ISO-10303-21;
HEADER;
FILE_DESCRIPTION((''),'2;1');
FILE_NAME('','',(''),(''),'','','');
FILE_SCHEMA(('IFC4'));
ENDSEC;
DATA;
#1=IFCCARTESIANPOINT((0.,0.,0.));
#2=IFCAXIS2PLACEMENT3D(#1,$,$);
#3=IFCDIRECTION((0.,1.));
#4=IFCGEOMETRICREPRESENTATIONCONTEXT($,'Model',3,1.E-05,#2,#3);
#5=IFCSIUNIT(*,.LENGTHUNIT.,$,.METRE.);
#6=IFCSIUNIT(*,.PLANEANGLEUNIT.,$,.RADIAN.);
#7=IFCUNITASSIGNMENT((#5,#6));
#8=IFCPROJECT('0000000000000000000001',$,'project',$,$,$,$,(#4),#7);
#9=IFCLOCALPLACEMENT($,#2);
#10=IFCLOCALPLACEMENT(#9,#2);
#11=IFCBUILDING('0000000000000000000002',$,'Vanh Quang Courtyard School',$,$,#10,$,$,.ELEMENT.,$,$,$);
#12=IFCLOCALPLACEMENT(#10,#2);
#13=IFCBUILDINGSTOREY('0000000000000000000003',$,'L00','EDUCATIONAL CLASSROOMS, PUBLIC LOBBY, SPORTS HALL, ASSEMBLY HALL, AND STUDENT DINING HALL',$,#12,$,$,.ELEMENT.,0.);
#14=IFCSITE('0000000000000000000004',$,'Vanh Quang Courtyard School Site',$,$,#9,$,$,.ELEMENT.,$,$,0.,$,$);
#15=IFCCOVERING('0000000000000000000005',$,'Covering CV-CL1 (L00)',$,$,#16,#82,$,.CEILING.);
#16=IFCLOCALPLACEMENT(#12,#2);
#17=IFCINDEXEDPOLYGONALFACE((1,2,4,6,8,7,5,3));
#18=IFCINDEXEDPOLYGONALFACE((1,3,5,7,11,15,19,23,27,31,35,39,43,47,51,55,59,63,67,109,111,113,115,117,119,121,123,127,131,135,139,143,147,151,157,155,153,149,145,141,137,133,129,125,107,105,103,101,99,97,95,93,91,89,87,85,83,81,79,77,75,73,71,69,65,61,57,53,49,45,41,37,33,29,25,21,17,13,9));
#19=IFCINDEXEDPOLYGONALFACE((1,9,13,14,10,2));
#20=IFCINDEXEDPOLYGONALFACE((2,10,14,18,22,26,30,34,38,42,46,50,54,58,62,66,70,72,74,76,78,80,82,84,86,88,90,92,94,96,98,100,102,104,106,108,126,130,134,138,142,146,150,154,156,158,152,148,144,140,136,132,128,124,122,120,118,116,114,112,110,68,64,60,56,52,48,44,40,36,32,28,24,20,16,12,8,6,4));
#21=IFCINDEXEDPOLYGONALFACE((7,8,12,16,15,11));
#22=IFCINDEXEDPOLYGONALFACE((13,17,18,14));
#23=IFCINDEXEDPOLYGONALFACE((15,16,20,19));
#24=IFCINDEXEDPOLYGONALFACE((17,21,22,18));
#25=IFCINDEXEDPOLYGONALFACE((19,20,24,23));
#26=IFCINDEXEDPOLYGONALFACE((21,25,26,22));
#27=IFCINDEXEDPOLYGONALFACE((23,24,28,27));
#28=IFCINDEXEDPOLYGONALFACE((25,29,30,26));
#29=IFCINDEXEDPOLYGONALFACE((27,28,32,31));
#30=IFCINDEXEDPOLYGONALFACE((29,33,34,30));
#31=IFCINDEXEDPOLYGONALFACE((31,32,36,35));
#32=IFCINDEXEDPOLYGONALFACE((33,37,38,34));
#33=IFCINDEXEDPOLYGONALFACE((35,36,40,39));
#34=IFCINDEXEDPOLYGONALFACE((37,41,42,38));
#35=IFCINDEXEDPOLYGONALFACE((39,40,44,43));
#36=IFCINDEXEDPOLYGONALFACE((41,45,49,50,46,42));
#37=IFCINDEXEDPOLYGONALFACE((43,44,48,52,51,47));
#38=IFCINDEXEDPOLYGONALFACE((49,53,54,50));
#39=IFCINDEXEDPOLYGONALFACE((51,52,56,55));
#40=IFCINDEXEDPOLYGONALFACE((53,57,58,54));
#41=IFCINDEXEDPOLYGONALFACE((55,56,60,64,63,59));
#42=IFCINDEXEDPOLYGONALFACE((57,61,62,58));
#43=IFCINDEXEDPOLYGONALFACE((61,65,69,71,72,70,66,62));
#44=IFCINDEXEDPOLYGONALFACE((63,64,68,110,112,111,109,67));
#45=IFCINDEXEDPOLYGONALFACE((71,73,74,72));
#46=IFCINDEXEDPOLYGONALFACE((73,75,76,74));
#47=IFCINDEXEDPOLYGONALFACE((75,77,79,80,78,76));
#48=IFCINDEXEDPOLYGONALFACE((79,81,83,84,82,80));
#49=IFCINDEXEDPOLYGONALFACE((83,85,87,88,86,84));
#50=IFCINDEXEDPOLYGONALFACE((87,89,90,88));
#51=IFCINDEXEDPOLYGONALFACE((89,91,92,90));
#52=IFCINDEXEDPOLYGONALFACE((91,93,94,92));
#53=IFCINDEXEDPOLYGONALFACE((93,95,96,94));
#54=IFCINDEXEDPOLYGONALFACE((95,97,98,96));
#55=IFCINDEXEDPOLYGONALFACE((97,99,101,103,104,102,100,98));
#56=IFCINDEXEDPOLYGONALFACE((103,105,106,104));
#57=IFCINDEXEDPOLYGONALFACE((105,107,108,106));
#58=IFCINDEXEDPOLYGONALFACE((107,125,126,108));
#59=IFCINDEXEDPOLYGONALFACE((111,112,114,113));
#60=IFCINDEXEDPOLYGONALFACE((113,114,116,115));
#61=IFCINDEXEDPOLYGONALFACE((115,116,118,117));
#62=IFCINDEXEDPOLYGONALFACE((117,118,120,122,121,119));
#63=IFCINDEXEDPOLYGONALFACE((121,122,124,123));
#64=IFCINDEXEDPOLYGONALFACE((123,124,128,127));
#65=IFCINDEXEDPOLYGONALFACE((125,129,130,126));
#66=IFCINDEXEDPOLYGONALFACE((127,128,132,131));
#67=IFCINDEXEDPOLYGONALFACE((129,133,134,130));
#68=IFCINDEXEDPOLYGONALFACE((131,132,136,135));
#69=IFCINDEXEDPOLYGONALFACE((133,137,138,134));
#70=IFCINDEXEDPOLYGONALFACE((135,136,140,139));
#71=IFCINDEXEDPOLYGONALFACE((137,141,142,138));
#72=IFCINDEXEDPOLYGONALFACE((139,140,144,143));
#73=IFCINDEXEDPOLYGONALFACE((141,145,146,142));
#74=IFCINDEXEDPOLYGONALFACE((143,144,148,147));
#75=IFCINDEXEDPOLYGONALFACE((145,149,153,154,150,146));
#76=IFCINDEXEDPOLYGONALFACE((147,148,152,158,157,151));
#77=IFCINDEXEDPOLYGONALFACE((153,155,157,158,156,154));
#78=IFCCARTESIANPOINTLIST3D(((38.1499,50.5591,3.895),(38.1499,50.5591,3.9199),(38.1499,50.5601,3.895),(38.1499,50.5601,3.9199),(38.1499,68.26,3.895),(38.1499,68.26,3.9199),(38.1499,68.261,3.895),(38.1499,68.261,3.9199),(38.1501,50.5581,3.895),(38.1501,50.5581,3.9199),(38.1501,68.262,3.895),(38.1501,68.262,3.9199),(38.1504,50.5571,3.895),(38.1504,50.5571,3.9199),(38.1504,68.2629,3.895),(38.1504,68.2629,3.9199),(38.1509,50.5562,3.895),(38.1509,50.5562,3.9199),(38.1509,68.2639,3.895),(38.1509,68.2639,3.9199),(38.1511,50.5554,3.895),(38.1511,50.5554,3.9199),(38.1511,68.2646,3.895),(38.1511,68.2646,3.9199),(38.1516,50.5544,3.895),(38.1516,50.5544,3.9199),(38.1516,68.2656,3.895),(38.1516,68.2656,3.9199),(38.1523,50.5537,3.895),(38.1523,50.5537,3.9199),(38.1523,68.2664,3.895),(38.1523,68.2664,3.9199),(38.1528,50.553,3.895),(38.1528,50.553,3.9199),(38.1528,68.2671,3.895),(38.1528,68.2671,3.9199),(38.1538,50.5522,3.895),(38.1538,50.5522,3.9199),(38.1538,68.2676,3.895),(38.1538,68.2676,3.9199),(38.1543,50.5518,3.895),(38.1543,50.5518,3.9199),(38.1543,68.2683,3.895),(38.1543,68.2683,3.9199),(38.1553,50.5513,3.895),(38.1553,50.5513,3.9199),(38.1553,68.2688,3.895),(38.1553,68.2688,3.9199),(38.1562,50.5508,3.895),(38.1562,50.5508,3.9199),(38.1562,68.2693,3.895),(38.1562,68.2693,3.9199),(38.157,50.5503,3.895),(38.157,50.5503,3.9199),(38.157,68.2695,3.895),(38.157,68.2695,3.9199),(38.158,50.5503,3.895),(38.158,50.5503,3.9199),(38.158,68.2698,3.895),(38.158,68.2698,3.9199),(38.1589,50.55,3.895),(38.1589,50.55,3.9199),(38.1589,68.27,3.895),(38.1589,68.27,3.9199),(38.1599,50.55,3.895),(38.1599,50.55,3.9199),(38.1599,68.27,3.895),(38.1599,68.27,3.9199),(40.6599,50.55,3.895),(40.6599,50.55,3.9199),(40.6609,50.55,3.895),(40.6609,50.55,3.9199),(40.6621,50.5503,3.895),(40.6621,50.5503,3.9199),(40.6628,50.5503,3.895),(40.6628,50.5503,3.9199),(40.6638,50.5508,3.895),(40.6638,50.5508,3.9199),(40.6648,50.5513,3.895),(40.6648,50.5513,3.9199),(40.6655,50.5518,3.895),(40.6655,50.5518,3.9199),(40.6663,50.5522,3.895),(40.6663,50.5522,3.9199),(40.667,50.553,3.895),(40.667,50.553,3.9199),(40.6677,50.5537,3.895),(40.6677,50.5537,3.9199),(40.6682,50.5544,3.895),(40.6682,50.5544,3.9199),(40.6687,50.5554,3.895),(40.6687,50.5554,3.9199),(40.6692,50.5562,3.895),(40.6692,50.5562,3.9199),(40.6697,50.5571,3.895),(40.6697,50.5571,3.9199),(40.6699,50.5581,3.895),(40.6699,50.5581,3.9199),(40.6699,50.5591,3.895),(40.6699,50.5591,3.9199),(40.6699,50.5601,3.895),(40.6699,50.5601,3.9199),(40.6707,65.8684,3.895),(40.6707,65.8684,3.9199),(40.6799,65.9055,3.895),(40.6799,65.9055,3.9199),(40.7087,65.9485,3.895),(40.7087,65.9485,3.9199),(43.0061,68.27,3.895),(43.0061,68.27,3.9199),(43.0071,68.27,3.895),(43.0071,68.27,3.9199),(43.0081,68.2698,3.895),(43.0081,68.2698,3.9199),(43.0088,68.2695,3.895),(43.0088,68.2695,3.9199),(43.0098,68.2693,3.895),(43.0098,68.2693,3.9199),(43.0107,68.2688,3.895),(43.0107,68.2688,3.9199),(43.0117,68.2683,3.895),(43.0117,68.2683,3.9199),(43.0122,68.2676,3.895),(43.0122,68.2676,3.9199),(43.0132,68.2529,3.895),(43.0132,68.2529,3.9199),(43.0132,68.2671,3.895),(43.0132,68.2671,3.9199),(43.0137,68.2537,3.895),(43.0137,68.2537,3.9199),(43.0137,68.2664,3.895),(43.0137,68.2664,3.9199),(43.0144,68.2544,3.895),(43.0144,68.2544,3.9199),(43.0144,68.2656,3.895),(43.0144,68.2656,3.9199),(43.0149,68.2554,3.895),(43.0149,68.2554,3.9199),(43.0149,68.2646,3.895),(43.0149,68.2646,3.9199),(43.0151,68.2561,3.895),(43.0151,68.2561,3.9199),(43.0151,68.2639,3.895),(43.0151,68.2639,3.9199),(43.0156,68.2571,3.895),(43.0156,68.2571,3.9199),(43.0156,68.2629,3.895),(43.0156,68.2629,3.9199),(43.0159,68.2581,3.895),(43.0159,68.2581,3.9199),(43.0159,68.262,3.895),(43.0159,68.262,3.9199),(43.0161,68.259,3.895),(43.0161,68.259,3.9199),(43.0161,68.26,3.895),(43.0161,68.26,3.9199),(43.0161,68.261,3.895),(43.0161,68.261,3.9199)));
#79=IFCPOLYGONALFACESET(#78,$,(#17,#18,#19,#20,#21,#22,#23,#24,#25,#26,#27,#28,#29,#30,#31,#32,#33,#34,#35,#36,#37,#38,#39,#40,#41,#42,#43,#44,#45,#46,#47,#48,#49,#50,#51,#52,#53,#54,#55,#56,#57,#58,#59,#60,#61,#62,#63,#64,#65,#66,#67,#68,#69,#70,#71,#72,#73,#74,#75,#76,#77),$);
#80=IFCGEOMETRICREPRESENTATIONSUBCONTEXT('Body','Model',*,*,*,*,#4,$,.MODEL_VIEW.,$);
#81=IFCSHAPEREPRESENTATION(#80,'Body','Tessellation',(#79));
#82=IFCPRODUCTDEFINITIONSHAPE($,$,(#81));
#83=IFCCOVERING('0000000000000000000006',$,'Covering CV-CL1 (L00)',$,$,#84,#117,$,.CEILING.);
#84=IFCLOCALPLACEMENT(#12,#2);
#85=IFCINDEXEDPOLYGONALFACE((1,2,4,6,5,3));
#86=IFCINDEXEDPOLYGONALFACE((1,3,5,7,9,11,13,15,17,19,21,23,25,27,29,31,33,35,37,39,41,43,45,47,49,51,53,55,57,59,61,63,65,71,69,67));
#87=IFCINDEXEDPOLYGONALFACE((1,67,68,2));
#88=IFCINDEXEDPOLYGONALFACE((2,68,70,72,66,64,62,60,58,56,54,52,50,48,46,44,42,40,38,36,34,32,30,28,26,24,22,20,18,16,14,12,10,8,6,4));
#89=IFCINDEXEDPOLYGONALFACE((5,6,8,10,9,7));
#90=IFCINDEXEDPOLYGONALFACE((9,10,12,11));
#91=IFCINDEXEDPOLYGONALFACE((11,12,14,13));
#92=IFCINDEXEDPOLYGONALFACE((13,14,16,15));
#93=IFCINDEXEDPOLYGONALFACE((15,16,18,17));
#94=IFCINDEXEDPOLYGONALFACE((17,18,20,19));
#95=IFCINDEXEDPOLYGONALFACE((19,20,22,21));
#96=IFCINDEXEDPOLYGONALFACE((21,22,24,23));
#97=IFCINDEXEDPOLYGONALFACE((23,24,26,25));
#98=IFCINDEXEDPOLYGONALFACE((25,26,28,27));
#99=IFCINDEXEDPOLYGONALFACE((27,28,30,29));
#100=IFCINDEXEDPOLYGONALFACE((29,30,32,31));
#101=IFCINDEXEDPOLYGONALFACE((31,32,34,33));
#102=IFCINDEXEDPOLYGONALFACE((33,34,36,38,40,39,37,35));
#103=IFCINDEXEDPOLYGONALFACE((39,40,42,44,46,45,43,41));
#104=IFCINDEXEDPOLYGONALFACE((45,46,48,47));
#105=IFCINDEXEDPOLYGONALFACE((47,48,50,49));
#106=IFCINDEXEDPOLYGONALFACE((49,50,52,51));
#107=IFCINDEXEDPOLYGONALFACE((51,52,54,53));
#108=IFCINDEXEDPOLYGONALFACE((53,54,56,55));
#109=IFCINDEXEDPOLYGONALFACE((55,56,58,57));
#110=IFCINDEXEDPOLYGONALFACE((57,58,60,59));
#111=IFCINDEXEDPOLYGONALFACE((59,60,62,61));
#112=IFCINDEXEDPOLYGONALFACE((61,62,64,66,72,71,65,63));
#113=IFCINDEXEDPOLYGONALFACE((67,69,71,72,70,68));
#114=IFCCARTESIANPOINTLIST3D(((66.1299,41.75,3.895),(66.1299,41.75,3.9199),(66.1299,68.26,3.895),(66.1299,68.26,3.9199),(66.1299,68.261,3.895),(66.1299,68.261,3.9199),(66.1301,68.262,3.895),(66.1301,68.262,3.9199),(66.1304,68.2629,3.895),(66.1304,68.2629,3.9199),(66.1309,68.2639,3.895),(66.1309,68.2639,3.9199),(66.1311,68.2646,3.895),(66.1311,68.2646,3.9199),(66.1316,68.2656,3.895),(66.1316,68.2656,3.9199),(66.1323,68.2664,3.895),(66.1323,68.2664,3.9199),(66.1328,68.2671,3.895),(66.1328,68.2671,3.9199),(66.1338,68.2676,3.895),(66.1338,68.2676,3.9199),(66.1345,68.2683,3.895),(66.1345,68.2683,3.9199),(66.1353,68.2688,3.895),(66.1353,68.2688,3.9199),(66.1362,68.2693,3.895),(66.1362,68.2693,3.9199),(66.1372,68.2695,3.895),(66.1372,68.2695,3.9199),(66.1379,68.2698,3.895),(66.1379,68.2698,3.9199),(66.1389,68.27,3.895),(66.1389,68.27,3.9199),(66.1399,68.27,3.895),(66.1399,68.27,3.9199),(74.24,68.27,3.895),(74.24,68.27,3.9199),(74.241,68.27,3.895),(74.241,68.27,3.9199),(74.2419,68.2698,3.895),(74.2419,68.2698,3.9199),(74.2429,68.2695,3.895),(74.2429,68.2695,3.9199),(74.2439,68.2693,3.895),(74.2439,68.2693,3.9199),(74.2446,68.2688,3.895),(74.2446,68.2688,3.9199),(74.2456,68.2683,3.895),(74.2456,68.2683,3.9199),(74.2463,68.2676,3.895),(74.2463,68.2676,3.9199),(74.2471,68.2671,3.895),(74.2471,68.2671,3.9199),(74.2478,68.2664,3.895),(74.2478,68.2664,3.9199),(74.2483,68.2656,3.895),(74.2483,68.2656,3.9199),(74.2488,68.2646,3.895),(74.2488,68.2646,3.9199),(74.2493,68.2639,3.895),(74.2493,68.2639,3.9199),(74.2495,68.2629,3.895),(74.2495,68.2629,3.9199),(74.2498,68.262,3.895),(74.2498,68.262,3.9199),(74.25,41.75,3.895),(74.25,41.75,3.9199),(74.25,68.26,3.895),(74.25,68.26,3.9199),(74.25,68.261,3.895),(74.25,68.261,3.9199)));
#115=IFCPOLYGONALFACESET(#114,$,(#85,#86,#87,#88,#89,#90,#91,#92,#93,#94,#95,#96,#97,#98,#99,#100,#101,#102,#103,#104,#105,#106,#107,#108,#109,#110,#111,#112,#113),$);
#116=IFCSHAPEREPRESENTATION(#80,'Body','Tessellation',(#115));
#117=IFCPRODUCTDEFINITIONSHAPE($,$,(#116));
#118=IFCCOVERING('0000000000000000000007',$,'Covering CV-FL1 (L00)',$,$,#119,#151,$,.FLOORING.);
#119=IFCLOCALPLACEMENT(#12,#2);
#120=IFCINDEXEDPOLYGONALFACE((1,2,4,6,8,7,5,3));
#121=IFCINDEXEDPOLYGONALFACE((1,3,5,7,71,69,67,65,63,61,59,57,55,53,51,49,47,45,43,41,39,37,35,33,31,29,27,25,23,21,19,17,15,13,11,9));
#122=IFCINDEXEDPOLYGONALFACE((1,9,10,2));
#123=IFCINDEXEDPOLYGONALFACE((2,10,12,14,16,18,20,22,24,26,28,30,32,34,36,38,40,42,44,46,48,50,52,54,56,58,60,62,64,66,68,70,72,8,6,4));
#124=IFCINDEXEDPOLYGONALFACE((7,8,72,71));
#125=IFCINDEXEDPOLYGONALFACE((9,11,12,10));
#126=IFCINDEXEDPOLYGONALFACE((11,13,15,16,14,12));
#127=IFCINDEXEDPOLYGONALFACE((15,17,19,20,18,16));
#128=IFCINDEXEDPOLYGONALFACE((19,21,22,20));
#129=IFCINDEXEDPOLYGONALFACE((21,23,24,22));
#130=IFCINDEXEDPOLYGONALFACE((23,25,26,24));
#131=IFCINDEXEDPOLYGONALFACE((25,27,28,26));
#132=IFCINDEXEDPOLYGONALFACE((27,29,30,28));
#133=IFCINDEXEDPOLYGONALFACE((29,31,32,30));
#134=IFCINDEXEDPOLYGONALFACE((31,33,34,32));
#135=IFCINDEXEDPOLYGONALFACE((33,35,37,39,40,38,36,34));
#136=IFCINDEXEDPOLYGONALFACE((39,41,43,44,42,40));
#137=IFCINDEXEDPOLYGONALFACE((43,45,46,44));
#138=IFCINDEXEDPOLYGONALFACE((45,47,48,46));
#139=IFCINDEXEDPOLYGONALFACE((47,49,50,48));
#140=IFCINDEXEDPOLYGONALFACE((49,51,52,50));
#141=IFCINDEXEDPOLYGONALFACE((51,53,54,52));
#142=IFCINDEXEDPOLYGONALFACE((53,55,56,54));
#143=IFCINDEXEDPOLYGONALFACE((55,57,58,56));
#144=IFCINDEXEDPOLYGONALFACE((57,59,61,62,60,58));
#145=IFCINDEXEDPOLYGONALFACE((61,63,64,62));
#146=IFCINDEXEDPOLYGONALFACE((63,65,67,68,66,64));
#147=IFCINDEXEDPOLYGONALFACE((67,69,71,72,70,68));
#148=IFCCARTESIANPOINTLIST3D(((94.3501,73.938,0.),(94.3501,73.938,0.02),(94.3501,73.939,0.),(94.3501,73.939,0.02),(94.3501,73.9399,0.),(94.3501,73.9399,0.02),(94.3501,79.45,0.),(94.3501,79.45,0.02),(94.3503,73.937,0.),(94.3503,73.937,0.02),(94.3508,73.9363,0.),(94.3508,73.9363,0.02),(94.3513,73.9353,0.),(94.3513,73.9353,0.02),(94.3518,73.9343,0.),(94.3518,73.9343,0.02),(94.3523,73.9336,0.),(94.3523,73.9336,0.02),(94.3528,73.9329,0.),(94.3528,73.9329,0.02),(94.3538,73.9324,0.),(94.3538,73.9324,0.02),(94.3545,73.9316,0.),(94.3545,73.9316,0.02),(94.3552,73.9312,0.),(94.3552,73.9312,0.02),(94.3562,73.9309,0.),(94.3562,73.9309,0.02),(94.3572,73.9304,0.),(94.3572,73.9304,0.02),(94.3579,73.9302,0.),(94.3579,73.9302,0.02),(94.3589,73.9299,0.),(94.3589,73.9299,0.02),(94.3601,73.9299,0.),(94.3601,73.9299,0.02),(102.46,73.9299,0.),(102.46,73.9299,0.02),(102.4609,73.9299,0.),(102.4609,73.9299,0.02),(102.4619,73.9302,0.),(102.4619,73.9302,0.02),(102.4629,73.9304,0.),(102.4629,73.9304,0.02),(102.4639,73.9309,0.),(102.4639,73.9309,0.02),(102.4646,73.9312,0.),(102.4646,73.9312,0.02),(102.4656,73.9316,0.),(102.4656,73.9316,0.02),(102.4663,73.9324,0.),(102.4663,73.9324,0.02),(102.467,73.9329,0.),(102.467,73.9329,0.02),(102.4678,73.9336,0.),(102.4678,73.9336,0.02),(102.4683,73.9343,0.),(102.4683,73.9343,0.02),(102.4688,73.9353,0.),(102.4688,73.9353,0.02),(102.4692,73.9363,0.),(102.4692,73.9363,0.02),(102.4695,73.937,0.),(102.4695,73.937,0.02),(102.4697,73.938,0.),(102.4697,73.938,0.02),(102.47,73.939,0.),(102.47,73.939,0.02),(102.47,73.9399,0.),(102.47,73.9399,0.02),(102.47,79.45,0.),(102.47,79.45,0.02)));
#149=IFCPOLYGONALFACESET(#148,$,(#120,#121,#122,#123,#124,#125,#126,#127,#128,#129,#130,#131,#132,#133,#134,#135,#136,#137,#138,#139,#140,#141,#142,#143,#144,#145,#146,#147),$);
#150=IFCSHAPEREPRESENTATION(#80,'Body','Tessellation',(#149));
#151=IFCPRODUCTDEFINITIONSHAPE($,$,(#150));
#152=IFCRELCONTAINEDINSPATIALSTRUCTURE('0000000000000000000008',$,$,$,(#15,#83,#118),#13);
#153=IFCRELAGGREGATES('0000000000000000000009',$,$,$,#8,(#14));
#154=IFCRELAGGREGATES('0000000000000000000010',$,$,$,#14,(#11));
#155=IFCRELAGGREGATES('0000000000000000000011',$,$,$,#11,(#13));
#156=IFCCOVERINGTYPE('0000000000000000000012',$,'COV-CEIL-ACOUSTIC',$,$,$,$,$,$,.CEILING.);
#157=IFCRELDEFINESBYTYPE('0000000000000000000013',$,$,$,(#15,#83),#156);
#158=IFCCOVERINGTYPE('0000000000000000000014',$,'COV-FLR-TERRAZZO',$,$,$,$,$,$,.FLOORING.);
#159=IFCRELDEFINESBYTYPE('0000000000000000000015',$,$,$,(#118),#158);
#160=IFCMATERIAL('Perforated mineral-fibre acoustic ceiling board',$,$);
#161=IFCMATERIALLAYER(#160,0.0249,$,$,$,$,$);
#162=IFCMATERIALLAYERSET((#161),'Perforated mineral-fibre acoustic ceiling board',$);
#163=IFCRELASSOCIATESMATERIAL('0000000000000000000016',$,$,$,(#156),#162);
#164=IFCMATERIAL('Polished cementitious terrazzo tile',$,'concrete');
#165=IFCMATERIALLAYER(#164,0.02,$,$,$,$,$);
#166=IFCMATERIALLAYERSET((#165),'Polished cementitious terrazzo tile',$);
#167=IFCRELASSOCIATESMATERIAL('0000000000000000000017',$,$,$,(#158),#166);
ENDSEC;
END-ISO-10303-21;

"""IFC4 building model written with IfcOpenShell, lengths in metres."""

from ifc_helpers import new_model, si_unit, direction, frame, origin, place, context, subcontext, project, spatial, polyline, outline, extrude, material, layer, layer_set, type_object, element, save


model = new_model("IFC4")

# Units and contexts
model_context = context("Model", 3, precision=1e-05, world=origin(), true_north=direction((0.0, 1.0)))
body_context = subcontext(model_context, "Body", "Model", "MODEL_VIEW")
ifc_project = project(units=[si_unit("LENGTHUNIT", "METRE"), si_unit("PLANEANGLEUNIT", "RADIAN")], contexts=[model_context])

# Site, building, storey
site_placement = place(None, origin())
site = spatial("IfcSite", under=ifc_project, at=site_placement, Name="Vanh Quang Courtyard School Site", CompositionType="ELEMENT", RefElevation=0.0)
building_placement = place(site_placement, origin())
building = spatial("IfcBuilding", under=site, at=building_placement, Name="Vanh Quang Courtyard School", CompositionType="ELEMENT")
storey_placement = place(building_placement, origin())
storey = spatial("IfcBuildingStorey", under=building, at=storey_placement, Name="L00", Description="EDUCATIONAL CLASSROOMS, PUBLIC LOBBY, SPORTS HALL, ASSEMBLY HALL, AND STUDENT DINING HALL", CompositionType="ELEMENT", Elevation=0.0)

# Coverings
ifc_material_1 = material(Name="Perforated mineral-fibre acoustic ceiling board")
ifc_layer_1 = layer(ifc_material_1, 0.0249)
ifc_layer_set_1 = layer_set([ifc_layer_1], Name="Perforated mineral-fibre acoustic ceiling board")
covering_type_1 = type_object("IfcCoveringType", Name="COV-CEIL-ACOUSTIC", PredefinedType="CEILING", material=ifc_layer_set_1)
covering_1_placement = place(storey_placement, frame((0.0, 0.0, 3.895)))
element("IfcCovering", 1, at=covering_1_placement, inside=storey, type_object=covering_type_1, Name="Covering CV-CL1 (L00)", PredefinedType="CEILING", context=body_context, shape_type="SweptSolid", body=[
    extrude(outline(polyline([(38.1599, 50.55), (38.1589, 50.55), (38.158, 50.5503), (38.157, 50.5503), (38.1562, 50.5508), (38.1553, 50.5513), (38.1543, 50.5518), (38.1538, 50.5522), (38.1528, 50.553), (38.1523, 50.5537), (38.1516, 50.5544), (38.1511, 50.5554), (38.1509, 50.5562), (38.1504, 50.5571), (38.1501, 50.5581), (38.1499, 50.5591), (38.1499, 50.5601), (38.1499, 68.26), (38.1499, 68.261), (38.1501, 68.262), (38.1504, 68.2629), (38.1509, 68.2639), (38.1511, 68.2646), (38.1516, 68.2656), (38.1523, 68.2664), (38.1528, 68.2671), (38.1538, 68.2676), (38.1543, 68.2683), (38.1553, 68.2688), (38.1562, 68.2693), (38.157, 68.2695), (38.158, 68.2698), (38.1589, 68.27), (38.1599, 68.27), (43.0061, 68.27), (43.0071, 68.27), (43.0081, 68.2698), (43.0088, 68.2695), (43.0098, 68.2693), (43.0107, 68.2688), (43.0117, 68.2683), (43.0122, 68.2676), (43.0132, 68.2671), (43.0137, 68.2664), (43.0144, 68.2656), (43.0149, 68.2646), (43.0151, 68.2639), (43.0156, 68.2629), (43.0159, 68.262), (43.0161, 68.261), (43.0161, 68.26), (43.0161, 68.259), (43.0159, 68.2581), (43.0156, 68.2571), (43.0151, 68.2561), (43.0149, 68.2554), (43.0144, 68.2544), (43.0137, 68.2537), (43.0132, 68.2529), (40.7087, 65.9485), (40.6799, 65.9055), (40.6707, 65.8684), (40.6699, 50.5601), (40.6699, 50.5591), (40.6699, 50.5581), (40.6697, 50.5571), (40.6692, 50.5562), (40.6687, 50.5554), (40.6682, 50.5544), (40.6677, 50.5537), (40.667, 50.553), (40.6663, 50.5522), (40.6655, 50.5518), (40.6648, 50.5513), (40.6638, 50.5508), (40.6628, 50.5503), (40.6621, 50.5503), (40.6609, 50.55), (40.6599, 50.55), (38.1599, 50.55)])), origin(), (0.0, 0.0, 1.0), 0.0249),
])
covering_2_placement = place(storey_placement, frame((0.0, 0.0, 3.895)))
element("IfcCovering", 2, at=covering_2_placement, inside=storey, type_object=covering_type_1, Name="Covering CV-CL1 (L00)", PredefinedType="CEILING", context=body_context, shape_type="SweptSolid", body=[
    extrude(outline(polyline([(66.1299, 68.26), (66.1299, 68.261), (66.1301, 68.262), (66.1304, 68.2629), (66.1309, 68.2639), (66.1311, 68.2646), (66.1316, 68.2656), (66.1323, 68.2664), (66.1328, 68.2671), (66.1338, 68.2676), (66.1345, 68.2683), (66.1353, 68.2688), (66.1362, 68.2693), (66.1372, 68.2695), (66.1379, 68.2698), (66.1389, 68.27), (66.1399, 68.27), (74.24, 68.27), (74.241, 68.27), (74.2419, 68.2698), (74.2429, 68.2695), (74.2439, 68.2693), (74.2446, 68.2688), (74.2456, 68.2683), (74.2463, 68.2676), (74.2471, 68.2671), (74.2478, 68.2664), (74.2483, 68.2656), (74.2488, 68.2646), (74.2493, 68.2639), (74.2495, 68.2629), (74.2498, 68.262), (74.25, 68.261), (74.25, 68.26), (74.25, 41.75), (66.1299, 41.75), (66.1299, 68.26)])), origin(), (0.0, 0.0, 1.0), 0.0249),
])
ifc_material_2 = material(Name="Polished cementitious terrazzo tile", Category="concrete")
ifc_layer_2 = layer(ifc_material_2, 0.02)
ifc_layer_set_2 = layer_set([ifc_layer_2], Name="Polished cementitious terrazzo tile")
covering_type_2 = type_object("IfcCoveringType", Name="COV-FLR-TERRAZZO", PredefinedType="FLOORING", material=ifc_layer_set_2)
covering_3_placement = place(storey_placement, origin())
element("IfcCovering", 3, at=covering_3_placement, inside=storey, type_object=covering_type_2, Name="Covering CV-FL1 (L00)", PredefinedType="FLOORING", context=body_context, shape_type="SweptSolid", body=[
    extrude(outline(polyline([(94.3601, 73.9299), (94.3589, 73.9299), (94.3579, 73.9302), (94.3572, 73.9304), (94.3562, 73.9309), (94.3552, 73.9312), (94.3545, 73.9316), (94.3538, 73.9324), (94.3528, 73.9329), (94.3523, 73.9336), (94.3518, 73.9343), (94.3513, 73.9353), (94.3508, 73.9363), (94.3503, 73.937), (94.3501, 73.938), (94.3501, 73.939), (94.3501, 73.9399), (94.3501, 79.45), (102.47, 79.45), (102.47, 73.9399), (102.47, 73.939), (102.4697, 73.938), (102.4695, 73.937), (102.4692, 73.9363), (102.4688, 73.9353), (102.4683, 73.9343), (102.4678, 73.9336), (102.467, 73.9329), (102.4663, 73.9324), (102.4656, 73.9316), (102.4646, 73.9312), (102.4639, 73.9309), (102.4629, 73.9304), (102.4619, 73.9302), (102.4609, 73.9299), (102.46, 73.9299), (94.3601, 73.9299)])), origin(), (0.0, 0.0, 1.0), 0.02),
])

save(model, "model.ifc")
